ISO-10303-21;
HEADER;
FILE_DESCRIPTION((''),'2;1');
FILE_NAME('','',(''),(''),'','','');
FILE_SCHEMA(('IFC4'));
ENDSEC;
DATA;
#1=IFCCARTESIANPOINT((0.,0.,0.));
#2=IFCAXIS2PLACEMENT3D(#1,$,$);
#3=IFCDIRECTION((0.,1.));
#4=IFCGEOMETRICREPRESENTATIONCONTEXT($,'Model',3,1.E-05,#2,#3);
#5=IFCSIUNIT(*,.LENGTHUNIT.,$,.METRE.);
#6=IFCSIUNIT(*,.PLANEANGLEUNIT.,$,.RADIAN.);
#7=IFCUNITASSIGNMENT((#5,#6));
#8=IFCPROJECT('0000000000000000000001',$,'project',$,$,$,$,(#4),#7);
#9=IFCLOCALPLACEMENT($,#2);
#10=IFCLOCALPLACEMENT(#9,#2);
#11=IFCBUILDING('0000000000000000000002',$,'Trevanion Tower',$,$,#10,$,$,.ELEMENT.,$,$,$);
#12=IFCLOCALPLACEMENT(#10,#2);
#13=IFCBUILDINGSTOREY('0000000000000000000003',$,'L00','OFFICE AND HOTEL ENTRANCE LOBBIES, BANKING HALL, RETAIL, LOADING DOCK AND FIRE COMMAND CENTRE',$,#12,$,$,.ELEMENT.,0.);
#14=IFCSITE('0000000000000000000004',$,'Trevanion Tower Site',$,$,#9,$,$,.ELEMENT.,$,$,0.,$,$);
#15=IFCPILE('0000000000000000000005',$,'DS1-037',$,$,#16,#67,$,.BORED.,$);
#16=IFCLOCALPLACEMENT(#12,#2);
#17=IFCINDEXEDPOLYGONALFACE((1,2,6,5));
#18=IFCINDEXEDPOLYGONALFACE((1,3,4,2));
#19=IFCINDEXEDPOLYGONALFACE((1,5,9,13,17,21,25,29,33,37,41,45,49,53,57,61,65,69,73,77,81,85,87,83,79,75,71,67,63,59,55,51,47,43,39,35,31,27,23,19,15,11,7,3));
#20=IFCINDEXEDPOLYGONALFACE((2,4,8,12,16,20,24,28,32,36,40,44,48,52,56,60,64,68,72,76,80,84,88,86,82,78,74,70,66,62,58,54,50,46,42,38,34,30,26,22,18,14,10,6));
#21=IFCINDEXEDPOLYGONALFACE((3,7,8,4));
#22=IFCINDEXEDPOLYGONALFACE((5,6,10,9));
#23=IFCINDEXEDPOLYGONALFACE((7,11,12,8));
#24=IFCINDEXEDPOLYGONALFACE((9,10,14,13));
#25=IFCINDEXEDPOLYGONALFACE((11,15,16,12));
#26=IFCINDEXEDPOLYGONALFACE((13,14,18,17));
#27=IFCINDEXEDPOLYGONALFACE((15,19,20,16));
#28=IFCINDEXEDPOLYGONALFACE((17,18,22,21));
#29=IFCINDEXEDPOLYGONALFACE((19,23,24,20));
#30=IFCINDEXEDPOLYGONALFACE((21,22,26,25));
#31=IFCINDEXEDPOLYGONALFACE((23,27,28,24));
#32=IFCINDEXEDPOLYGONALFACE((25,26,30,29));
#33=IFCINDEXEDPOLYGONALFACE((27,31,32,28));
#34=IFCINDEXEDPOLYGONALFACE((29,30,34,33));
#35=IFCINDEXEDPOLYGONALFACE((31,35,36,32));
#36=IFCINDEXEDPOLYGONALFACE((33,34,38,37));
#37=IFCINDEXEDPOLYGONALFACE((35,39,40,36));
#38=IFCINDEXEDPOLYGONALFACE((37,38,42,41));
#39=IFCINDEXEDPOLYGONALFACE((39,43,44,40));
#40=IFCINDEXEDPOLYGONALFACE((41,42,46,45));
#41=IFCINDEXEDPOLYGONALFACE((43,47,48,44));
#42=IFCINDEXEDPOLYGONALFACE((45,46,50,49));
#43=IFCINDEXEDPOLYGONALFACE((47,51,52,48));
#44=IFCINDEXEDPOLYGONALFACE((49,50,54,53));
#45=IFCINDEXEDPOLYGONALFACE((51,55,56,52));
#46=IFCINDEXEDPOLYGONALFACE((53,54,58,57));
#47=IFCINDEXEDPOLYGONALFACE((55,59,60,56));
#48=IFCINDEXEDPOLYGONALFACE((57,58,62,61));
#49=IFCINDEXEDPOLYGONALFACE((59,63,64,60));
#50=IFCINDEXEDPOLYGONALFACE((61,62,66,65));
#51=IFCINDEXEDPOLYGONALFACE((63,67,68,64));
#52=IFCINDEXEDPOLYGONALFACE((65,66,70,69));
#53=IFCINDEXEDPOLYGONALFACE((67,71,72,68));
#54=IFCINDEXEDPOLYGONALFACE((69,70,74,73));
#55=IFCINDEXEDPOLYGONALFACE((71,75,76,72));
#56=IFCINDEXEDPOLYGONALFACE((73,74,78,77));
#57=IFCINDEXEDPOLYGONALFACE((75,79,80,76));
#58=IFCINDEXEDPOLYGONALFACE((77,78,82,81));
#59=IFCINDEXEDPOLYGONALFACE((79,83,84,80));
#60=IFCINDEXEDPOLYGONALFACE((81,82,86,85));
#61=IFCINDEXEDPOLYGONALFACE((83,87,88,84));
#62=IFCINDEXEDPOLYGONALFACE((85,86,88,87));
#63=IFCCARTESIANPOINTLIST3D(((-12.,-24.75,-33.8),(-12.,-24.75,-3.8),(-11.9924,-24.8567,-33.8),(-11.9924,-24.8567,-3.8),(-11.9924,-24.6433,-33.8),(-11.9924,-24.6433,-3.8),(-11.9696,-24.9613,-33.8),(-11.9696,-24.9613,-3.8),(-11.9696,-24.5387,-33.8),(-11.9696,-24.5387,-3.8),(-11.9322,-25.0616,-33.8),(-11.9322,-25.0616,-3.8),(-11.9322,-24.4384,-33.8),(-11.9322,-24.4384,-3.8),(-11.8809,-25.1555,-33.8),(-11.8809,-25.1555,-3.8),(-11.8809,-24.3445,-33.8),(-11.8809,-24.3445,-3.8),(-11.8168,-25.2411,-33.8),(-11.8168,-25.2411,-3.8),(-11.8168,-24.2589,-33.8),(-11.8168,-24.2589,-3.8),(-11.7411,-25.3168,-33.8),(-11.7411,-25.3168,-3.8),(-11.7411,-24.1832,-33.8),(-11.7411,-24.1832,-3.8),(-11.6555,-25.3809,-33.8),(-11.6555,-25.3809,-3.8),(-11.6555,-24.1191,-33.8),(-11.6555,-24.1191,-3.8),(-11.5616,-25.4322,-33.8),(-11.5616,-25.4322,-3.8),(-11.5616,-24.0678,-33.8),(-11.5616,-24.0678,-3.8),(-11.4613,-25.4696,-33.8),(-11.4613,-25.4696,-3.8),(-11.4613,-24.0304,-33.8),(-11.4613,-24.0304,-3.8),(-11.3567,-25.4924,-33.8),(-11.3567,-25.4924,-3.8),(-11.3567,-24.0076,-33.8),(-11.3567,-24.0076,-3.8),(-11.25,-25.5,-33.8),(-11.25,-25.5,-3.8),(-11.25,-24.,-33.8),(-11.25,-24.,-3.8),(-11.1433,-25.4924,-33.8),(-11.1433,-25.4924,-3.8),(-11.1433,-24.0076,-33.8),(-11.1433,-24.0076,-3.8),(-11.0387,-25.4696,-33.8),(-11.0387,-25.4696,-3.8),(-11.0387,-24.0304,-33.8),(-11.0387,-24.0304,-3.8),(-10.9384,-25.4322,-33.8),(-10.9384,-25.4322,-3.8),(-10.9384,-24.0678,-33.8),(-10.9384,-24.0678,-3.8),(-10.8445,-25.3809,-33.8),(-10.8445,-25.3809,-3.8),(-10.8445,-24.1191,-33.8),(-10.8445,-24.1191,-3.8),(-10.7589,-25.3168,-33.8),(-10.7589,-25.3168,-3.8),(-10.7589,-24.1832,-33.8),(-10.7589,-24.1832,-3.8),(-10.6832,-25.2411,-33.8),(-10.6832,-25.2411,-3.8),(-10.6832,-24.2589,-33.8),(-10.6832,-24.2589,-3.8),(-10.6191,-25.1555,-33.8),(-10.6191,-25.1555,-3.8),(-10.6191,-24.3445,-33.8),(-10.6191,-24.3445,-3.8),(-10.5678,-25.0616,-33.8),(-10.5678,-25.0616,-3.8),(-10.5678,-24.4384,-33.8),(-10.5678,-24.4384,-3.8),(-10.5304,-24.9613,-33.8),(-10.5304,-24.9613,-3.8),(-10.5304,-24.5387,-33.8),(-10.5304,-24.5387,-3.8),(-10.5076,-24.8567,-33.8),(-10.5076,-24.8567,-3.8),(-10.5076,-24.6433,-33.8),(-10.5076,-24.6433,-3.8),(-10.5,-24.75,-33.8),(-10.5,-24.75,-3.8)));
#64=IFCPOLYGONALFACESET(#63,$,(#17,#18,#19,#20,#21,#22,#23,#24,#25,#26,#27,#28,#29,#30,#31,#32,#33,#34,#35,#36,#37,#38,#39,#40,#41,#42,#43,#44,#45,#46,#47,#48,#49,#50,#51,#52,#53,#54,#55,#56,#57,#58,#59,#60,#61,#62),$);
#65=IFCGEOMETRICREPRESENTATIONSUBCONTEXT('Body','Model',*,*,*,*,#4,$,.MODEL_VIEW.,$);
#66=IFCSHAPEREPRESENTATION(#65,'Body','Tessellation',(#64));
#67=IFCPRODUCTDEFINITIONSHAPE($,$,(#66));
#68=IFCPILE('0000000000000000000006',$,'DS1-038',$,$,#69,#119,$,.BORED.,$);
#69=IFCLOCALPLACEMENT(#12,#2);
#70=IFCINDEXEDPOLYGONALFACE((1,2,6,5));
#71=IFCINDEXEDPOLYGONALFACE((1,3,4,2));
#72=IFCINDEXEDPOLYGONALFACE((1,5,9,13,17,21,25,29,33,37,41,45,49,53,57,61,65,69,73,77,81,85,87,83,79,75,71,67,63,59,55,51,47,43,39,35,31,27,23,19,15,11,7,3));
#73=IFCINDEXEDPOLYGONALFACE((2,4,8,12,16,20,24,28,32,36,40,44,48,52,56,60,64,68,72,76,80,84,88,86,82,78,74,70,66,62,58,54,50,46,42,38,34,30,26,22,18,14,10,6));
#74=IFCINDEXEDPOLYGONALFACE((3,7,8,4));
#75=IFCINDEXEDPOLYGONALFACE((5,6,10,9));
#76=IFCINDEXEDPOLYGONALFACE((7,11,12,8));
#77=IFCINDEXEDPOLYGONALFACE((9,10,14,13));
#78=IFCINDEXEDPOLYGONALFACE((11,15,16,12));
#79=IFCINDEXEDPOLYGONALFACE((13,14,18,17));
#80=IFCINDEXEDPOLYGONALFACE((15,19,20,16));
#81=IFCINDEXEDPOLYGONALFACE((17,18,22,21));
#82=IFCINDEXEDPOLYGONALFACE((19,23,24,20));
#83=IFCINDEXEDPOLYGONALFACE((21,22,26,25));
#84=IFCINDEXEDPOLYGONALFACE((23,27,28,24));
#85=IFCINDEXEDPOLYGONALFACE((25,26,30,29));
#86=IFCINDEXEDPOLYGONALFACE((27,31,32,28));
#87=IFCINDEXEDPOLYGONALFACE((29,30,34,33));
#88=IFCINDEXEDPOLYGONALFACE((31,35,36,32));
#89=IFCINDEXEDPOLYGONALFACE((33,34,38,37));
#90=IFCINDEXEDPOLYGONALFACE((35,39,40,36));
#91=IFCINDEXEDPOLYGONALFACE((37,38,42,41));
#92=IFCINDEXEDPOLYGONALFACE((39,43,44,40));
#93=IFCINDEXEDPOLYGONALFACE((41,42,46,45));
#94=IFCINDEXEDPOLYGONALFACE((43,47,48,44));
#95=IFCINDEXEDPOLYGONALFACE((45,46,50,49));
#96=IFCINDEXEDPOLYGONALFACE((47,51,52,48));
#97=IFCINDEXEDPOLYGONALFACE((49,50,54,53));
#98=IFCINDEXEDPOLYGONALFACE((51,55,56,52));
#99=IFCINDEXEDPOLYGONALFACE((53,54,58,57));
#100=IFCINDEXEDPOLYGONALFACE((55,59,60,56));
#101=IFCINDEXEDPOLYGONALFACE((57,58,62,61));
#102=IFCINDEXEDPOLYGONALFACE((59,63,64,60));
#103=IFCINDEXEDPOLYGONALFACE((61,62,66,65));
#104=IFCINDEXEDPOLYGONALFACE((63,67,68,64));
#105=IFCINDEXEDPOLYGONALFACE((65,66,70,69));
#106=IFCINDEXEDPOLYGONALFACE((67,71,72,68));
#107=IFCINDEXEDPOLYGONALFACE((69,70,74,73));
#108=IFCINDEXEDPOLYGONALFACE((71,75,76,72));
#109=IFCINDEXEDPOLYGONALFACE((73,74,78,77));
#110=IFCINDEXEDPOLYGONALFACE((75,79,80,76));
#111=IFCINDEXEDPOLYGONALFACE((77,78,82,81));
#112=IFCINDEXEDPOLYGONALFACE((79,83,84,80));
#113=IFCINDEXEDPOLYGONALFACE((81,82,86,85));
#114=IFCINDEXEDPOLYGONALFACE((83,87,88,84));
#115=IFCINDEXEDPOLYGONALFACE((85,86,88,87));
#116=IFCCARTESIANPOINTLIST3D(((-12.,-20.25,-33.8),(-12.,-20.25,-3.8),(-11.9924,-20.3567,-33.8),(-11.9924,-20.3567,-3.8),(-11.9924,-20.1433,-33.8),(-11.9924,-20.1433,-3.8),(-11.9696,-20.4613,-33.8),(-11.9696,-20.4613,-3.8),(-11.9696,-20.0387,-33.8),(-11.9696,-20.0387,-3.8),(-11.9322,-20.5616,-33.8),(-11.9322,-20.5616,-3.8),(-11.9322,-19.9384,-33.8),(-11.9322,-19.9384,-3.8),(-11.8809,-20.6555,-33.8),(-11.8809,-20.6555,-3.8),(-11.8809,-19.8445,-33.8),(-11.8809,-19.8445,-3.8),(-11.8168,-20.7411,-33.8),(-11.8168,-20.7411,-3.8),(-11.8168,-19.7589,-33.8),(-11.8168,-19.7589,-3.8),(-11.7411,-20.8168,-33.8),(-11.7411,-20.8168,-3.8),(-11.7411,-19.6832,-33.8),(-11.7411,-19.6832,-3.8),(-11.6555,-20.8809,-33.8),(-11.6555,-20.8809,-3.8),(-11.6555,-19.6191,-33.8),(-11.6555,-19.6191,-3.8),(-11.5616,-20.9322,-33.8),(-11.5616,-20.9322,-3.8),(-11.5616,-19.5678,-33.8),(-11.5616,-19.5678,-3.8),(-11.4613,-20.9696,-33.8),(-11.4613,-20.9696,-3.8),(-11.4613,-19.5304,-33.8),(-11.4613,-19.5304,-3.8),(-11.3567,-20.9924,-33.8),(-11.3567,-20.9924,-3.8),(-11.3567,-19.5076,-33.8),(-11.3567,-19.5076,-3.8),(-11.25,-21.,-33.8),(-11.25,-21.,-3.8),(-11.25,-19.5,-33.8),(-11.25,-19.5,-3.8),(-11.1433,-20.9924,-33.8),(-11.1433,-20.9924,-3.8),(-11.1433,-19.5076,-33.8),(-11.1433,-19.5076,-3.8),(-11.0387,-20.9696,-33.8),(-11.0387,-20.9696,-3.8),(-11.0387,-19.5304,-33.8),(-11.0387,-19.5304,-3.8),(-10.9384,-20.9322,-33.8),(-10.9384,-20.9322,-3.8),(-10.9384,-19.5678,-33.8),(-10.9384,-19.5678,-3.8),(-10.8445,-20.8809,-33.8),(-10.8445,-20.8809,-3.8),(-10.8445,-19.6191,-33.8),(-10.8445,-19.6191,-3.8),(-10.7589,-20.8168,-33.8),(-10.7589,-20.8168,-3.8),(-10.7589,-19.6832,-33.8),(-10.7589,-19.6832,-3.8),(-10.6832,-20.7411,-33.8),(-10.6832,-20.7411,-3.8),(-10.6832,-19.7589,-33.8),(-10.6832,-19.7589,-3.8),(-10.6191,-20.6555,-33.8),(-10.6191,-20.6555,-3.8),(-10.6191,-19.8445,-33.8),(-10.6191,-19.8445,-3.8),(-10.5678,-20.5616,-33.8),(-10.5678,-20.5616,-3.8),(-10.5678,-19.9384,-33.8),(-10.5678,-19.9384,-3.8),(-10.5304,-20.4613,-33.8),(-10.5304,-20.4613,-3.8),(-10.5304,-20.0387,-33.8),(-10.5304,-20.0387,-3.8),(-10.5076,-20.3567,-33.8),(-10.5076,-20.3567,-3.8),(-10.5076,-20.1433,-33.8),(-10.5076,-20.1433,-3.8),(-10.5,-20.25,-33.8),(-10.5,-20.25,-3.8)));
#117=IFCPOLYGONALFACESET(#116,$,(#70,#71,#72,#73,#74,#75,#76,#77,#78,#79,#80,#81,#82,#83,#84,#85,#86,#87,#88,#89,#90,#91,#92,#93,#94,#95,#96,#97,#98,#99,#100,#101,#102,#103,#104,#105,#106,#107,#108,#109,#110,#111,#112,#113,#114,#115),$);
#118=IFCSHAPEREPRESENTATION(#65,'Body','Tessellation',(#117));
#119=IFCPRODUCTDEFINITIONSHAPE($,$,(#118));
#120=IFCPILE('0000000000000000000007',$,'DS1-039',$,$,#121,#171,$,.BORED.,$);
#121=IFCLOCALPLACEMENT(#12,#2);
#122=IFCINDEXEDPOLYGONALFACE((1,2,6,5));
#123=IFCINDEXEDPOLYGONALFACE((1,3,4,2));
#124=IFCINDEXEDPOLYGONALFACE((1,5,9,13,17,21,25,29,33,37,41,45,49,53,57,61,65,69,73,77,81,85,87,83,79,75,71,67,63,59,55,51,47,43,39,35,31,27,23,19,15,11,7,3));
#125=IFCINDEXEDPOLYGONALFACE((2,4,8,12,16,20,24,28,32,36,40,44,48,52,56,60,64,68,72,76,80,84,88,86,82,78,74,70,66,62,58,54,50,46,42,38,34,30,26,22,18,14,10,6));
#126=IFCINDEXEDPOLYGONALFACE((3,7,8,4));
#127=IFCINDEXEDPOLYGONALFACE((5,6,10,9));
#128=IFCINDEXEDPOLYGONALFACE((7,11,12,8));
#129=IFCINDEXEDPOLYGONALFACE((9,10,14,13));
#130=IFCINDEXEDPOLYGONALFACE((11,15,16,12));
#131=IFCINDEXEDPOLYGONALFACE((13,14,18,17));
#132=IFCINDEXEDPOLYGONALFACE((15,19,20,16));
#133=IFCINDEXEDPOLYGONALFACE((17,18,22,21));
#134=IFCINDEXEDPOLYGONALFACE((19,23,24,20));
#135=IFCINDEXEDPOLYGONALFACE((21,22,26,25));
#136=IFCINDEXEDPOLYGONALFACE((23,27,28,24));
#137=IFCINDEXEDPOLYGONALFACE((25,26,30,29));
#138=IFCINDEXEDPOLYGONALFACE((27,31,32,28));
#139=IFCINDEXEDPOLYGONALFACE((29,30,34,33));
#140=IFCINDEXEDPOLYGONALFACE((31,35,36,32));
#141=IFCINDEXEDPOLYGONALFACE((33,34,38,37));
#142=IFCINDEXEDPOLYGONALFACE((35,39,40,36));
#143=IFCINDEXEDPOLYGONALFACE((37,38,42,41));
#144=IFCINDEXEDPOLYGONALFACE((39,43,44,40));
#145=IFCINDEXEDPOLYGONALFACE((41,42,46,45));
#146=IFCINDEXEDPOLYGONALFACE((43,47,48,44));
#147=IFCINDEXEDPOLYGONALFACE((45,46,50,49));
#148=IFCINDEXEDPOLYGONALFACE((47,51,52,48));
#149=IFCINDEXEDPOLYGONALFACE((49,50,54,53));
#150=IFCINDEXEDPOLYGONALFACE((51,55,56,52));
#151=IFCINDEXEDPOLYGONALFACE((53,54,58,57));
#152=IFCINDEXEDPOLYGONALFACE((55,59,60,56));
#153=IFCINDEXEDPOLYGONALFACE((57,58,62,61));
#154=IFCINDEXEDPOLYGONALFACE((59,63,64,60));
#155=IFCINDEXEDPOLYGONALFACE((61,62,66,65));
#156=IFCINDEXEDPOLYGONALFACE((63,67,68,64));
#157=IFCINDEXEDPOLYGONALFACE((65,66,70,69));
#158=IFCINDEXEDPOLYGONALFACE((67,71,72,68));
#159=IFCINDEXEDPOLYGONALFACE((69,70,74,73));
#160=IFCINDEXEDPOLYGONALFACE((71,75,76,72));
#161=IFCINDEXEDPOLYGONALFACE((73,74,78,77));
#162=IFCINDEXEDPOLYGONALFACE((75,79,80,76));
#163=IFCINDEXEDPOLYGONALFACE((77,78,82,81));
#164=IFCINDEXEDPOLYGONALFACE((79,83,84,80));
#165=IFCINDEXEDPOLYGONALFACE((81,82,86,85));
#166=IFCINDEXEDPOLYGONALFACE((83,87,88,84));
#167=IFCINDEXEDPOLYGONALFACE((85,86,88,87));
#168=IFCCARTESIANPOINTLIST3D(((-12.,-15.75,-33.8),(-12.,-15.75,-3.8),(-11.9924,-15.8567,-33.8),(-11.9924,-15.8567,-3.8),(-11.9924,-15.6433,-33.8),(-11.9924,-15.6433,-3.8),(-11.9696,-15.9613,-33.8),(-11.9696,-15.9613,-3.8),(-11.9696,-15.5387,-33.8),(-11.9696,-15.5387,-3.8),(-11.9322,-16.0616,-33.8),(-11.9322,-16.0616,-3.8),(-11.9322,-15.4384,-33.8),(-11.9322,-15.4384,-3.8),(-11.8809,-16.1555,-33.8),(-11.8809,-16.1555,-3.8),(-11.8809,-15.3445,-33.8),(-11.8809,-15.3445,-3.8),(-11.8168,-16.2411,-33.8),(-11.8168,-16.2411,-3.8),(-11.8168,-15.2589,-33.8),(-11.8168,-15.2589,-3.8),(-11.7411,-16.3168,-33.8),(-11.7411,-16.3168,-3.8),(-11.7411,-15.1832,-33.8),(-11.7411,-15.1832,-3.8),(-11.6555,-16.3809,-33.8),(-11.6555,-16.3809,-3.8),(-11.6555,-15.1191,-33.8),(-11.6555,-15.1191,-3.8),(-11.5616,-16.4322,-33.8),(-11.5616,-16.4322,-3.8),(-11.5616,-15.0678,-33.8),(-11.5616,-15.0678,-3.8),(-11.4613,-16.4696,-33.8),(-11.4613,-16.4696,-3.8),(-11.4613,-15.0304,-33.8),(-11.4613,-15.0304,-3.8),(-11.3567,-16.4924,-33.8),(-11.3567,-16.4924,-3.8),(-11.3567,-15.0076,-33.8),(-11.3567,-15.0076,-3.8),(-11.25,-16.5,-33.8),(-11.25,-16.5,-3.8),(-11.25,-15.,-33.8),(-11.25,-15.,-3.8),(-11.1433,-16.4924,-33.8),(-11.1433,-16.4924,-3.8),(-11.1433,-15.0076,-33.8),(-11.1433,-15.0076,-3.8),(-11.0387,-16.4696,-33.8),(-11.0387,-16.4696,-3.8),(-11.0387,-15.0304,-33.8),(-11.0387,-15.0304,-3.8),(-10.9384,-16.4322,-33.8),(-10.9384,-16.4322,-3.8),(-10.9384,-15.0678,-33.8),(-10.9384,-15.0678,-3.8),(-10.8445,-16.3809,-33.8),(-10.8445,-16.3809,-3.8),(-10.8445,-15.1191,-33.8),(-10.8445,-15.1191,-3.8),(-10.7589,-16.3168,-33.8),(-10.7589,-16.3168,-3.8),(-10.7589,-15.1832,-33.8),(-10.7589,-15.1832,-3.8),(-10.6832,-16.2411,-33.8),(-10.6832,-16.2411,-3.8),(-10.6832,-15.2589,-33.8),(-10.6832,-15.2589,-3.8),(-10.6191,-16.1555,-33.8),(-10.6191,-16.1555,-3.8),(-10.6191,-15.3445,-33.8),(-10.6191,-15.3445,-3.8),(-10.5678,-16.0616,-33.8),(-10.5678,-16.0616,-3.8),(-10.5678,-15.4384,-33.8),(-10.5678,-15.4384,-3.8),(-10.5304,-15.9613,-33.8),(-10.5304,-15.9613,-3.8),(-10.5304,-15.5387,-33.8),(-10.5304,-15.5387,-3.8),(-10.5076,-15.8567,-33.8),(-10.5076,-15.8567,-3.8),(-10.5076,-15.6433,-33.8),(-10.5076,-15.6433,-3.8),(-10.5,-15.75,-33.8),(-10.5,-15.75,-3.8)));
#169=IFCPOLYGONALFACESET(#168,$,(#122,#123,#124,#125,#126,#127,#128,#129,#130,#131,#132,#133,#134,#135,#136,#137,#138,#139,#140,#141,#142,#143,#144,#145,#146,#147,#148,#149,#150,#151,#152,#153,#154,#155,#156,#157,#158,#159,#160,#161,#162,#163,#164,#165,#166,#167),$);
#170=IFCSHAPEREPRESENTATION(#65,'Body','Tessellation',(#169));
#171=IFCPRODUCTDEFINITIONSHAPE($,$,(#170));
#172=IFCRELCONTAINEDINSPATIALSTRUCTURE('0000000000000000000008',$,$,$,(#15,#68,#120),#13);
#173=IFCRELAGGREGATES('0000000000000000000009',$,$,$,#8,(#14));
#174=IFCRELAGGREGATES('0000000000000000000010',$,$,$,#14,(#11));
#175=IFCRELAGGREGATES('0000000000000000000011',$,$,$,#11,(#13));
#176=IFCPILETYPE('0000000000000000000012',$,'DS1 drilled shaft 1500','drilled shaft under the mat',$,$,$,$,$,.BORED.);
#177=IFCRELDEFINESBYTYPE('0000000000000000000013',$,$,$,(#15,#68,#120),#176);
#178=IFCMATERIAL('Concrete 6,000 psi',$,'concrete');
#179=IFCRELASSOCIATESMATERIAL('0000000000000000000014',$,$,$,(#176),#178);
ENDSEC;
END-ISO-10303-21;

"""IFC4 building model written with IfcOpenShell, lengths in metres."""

from ifc_helpers import new_model, si_unit, direction, frame, origin, origin_2d, place, context, subcontext, project, spatial, circle, extrude, material, material_profile, profile_set, type_object, element, save


model = new_model("IFC4")

# Units and contexts
model_context = context("Model", 3, precision=1e-05, world=origin(), true_north=direction((0.0, 1.0)))
body_context = subcontext(model_context, "Body", "Model", "MODEL_VIEW")
ifc_project = project(units=[si_unit("LENGTHUNIT", "METRE"), si_unit("PLANEANGLEUNIT", "RADIAN")], contexts=[model_context])

# Site, building, storey
site_placement = place(None, origin())
site = spatial("IfcSite", under=ifc_project, at=site_placement, Name="Trevanion Tower Site", CompositionType="ELEMENT", RefElevation=0.0)
building_placement = place(site_placement, origin())
building = spatial("IfcBuilding", under=site, at=building_placement, Name="Trevanion Tower", CompositionType="ELEMENT")
storey_placement = place(building_placement, origin())
storey = spatial("IfcBuildingStorey", under=building, at=storey_placement, Name="L00", Description="OFFICE AND HOTEL ENTRANCE LOBBIES, BANKING HALL, RETAIL, LOADING DOCK AND FIRE COMMAND CENTRE", CompositionType="ELEMENT", Elevation=0.0)

# Piles
ifc_material_1 = material(Name="Concrete 6,000 psi", Category="concrete")
ifc_material_profile_1 = material_profile(ifc_material_1, circle(Radius=0.75, at=origin_2d()), Name="DS1 drilled shaft 1500")
ifc_profile_set_1 = profile_set([ifc_material_profile_1], Name="Concrete 6,000 psi")
pile_type = type_object("IfcPileType", Name="DS1 drilled shaft 1500", Description="drilled shaft under the mat", PredefinedType="BORED", material=ifc_profile_set_1)
for number, where, z_axis, x_axis, name in (
    (1, (-11.25, -24.75, -3.8), (0.0, 0.0, -1.0), (1.0, 0.0, 0.0), "DS1-037"),
    (2, (-11.25, -20.25, -3.8), (0.0, 0.0, -1.0), (1.0, 0.0, 0.0), "DS1-038"),
    (3, (-11.25, -15.75, -3.8), (0.0, 0.0, -1.0), (1.0, 0.0, 0.0), "DS1-039"),
):
    element("IfcPile", number, at=place(storey_placement, frame(where, z_axis=z_axis, x_axis=x_axis)), inside=storey, type_object=pile_type, Name=name, PredefinedType="BORED", context=body_context, shape_type="SweptSolid", body=[
        extrude(circle(Radius=0.75, at=origin_2d()), origin(), (0.0, 0.0, 1.0), 30.0),
    ])

save(model, "model.ifc")
